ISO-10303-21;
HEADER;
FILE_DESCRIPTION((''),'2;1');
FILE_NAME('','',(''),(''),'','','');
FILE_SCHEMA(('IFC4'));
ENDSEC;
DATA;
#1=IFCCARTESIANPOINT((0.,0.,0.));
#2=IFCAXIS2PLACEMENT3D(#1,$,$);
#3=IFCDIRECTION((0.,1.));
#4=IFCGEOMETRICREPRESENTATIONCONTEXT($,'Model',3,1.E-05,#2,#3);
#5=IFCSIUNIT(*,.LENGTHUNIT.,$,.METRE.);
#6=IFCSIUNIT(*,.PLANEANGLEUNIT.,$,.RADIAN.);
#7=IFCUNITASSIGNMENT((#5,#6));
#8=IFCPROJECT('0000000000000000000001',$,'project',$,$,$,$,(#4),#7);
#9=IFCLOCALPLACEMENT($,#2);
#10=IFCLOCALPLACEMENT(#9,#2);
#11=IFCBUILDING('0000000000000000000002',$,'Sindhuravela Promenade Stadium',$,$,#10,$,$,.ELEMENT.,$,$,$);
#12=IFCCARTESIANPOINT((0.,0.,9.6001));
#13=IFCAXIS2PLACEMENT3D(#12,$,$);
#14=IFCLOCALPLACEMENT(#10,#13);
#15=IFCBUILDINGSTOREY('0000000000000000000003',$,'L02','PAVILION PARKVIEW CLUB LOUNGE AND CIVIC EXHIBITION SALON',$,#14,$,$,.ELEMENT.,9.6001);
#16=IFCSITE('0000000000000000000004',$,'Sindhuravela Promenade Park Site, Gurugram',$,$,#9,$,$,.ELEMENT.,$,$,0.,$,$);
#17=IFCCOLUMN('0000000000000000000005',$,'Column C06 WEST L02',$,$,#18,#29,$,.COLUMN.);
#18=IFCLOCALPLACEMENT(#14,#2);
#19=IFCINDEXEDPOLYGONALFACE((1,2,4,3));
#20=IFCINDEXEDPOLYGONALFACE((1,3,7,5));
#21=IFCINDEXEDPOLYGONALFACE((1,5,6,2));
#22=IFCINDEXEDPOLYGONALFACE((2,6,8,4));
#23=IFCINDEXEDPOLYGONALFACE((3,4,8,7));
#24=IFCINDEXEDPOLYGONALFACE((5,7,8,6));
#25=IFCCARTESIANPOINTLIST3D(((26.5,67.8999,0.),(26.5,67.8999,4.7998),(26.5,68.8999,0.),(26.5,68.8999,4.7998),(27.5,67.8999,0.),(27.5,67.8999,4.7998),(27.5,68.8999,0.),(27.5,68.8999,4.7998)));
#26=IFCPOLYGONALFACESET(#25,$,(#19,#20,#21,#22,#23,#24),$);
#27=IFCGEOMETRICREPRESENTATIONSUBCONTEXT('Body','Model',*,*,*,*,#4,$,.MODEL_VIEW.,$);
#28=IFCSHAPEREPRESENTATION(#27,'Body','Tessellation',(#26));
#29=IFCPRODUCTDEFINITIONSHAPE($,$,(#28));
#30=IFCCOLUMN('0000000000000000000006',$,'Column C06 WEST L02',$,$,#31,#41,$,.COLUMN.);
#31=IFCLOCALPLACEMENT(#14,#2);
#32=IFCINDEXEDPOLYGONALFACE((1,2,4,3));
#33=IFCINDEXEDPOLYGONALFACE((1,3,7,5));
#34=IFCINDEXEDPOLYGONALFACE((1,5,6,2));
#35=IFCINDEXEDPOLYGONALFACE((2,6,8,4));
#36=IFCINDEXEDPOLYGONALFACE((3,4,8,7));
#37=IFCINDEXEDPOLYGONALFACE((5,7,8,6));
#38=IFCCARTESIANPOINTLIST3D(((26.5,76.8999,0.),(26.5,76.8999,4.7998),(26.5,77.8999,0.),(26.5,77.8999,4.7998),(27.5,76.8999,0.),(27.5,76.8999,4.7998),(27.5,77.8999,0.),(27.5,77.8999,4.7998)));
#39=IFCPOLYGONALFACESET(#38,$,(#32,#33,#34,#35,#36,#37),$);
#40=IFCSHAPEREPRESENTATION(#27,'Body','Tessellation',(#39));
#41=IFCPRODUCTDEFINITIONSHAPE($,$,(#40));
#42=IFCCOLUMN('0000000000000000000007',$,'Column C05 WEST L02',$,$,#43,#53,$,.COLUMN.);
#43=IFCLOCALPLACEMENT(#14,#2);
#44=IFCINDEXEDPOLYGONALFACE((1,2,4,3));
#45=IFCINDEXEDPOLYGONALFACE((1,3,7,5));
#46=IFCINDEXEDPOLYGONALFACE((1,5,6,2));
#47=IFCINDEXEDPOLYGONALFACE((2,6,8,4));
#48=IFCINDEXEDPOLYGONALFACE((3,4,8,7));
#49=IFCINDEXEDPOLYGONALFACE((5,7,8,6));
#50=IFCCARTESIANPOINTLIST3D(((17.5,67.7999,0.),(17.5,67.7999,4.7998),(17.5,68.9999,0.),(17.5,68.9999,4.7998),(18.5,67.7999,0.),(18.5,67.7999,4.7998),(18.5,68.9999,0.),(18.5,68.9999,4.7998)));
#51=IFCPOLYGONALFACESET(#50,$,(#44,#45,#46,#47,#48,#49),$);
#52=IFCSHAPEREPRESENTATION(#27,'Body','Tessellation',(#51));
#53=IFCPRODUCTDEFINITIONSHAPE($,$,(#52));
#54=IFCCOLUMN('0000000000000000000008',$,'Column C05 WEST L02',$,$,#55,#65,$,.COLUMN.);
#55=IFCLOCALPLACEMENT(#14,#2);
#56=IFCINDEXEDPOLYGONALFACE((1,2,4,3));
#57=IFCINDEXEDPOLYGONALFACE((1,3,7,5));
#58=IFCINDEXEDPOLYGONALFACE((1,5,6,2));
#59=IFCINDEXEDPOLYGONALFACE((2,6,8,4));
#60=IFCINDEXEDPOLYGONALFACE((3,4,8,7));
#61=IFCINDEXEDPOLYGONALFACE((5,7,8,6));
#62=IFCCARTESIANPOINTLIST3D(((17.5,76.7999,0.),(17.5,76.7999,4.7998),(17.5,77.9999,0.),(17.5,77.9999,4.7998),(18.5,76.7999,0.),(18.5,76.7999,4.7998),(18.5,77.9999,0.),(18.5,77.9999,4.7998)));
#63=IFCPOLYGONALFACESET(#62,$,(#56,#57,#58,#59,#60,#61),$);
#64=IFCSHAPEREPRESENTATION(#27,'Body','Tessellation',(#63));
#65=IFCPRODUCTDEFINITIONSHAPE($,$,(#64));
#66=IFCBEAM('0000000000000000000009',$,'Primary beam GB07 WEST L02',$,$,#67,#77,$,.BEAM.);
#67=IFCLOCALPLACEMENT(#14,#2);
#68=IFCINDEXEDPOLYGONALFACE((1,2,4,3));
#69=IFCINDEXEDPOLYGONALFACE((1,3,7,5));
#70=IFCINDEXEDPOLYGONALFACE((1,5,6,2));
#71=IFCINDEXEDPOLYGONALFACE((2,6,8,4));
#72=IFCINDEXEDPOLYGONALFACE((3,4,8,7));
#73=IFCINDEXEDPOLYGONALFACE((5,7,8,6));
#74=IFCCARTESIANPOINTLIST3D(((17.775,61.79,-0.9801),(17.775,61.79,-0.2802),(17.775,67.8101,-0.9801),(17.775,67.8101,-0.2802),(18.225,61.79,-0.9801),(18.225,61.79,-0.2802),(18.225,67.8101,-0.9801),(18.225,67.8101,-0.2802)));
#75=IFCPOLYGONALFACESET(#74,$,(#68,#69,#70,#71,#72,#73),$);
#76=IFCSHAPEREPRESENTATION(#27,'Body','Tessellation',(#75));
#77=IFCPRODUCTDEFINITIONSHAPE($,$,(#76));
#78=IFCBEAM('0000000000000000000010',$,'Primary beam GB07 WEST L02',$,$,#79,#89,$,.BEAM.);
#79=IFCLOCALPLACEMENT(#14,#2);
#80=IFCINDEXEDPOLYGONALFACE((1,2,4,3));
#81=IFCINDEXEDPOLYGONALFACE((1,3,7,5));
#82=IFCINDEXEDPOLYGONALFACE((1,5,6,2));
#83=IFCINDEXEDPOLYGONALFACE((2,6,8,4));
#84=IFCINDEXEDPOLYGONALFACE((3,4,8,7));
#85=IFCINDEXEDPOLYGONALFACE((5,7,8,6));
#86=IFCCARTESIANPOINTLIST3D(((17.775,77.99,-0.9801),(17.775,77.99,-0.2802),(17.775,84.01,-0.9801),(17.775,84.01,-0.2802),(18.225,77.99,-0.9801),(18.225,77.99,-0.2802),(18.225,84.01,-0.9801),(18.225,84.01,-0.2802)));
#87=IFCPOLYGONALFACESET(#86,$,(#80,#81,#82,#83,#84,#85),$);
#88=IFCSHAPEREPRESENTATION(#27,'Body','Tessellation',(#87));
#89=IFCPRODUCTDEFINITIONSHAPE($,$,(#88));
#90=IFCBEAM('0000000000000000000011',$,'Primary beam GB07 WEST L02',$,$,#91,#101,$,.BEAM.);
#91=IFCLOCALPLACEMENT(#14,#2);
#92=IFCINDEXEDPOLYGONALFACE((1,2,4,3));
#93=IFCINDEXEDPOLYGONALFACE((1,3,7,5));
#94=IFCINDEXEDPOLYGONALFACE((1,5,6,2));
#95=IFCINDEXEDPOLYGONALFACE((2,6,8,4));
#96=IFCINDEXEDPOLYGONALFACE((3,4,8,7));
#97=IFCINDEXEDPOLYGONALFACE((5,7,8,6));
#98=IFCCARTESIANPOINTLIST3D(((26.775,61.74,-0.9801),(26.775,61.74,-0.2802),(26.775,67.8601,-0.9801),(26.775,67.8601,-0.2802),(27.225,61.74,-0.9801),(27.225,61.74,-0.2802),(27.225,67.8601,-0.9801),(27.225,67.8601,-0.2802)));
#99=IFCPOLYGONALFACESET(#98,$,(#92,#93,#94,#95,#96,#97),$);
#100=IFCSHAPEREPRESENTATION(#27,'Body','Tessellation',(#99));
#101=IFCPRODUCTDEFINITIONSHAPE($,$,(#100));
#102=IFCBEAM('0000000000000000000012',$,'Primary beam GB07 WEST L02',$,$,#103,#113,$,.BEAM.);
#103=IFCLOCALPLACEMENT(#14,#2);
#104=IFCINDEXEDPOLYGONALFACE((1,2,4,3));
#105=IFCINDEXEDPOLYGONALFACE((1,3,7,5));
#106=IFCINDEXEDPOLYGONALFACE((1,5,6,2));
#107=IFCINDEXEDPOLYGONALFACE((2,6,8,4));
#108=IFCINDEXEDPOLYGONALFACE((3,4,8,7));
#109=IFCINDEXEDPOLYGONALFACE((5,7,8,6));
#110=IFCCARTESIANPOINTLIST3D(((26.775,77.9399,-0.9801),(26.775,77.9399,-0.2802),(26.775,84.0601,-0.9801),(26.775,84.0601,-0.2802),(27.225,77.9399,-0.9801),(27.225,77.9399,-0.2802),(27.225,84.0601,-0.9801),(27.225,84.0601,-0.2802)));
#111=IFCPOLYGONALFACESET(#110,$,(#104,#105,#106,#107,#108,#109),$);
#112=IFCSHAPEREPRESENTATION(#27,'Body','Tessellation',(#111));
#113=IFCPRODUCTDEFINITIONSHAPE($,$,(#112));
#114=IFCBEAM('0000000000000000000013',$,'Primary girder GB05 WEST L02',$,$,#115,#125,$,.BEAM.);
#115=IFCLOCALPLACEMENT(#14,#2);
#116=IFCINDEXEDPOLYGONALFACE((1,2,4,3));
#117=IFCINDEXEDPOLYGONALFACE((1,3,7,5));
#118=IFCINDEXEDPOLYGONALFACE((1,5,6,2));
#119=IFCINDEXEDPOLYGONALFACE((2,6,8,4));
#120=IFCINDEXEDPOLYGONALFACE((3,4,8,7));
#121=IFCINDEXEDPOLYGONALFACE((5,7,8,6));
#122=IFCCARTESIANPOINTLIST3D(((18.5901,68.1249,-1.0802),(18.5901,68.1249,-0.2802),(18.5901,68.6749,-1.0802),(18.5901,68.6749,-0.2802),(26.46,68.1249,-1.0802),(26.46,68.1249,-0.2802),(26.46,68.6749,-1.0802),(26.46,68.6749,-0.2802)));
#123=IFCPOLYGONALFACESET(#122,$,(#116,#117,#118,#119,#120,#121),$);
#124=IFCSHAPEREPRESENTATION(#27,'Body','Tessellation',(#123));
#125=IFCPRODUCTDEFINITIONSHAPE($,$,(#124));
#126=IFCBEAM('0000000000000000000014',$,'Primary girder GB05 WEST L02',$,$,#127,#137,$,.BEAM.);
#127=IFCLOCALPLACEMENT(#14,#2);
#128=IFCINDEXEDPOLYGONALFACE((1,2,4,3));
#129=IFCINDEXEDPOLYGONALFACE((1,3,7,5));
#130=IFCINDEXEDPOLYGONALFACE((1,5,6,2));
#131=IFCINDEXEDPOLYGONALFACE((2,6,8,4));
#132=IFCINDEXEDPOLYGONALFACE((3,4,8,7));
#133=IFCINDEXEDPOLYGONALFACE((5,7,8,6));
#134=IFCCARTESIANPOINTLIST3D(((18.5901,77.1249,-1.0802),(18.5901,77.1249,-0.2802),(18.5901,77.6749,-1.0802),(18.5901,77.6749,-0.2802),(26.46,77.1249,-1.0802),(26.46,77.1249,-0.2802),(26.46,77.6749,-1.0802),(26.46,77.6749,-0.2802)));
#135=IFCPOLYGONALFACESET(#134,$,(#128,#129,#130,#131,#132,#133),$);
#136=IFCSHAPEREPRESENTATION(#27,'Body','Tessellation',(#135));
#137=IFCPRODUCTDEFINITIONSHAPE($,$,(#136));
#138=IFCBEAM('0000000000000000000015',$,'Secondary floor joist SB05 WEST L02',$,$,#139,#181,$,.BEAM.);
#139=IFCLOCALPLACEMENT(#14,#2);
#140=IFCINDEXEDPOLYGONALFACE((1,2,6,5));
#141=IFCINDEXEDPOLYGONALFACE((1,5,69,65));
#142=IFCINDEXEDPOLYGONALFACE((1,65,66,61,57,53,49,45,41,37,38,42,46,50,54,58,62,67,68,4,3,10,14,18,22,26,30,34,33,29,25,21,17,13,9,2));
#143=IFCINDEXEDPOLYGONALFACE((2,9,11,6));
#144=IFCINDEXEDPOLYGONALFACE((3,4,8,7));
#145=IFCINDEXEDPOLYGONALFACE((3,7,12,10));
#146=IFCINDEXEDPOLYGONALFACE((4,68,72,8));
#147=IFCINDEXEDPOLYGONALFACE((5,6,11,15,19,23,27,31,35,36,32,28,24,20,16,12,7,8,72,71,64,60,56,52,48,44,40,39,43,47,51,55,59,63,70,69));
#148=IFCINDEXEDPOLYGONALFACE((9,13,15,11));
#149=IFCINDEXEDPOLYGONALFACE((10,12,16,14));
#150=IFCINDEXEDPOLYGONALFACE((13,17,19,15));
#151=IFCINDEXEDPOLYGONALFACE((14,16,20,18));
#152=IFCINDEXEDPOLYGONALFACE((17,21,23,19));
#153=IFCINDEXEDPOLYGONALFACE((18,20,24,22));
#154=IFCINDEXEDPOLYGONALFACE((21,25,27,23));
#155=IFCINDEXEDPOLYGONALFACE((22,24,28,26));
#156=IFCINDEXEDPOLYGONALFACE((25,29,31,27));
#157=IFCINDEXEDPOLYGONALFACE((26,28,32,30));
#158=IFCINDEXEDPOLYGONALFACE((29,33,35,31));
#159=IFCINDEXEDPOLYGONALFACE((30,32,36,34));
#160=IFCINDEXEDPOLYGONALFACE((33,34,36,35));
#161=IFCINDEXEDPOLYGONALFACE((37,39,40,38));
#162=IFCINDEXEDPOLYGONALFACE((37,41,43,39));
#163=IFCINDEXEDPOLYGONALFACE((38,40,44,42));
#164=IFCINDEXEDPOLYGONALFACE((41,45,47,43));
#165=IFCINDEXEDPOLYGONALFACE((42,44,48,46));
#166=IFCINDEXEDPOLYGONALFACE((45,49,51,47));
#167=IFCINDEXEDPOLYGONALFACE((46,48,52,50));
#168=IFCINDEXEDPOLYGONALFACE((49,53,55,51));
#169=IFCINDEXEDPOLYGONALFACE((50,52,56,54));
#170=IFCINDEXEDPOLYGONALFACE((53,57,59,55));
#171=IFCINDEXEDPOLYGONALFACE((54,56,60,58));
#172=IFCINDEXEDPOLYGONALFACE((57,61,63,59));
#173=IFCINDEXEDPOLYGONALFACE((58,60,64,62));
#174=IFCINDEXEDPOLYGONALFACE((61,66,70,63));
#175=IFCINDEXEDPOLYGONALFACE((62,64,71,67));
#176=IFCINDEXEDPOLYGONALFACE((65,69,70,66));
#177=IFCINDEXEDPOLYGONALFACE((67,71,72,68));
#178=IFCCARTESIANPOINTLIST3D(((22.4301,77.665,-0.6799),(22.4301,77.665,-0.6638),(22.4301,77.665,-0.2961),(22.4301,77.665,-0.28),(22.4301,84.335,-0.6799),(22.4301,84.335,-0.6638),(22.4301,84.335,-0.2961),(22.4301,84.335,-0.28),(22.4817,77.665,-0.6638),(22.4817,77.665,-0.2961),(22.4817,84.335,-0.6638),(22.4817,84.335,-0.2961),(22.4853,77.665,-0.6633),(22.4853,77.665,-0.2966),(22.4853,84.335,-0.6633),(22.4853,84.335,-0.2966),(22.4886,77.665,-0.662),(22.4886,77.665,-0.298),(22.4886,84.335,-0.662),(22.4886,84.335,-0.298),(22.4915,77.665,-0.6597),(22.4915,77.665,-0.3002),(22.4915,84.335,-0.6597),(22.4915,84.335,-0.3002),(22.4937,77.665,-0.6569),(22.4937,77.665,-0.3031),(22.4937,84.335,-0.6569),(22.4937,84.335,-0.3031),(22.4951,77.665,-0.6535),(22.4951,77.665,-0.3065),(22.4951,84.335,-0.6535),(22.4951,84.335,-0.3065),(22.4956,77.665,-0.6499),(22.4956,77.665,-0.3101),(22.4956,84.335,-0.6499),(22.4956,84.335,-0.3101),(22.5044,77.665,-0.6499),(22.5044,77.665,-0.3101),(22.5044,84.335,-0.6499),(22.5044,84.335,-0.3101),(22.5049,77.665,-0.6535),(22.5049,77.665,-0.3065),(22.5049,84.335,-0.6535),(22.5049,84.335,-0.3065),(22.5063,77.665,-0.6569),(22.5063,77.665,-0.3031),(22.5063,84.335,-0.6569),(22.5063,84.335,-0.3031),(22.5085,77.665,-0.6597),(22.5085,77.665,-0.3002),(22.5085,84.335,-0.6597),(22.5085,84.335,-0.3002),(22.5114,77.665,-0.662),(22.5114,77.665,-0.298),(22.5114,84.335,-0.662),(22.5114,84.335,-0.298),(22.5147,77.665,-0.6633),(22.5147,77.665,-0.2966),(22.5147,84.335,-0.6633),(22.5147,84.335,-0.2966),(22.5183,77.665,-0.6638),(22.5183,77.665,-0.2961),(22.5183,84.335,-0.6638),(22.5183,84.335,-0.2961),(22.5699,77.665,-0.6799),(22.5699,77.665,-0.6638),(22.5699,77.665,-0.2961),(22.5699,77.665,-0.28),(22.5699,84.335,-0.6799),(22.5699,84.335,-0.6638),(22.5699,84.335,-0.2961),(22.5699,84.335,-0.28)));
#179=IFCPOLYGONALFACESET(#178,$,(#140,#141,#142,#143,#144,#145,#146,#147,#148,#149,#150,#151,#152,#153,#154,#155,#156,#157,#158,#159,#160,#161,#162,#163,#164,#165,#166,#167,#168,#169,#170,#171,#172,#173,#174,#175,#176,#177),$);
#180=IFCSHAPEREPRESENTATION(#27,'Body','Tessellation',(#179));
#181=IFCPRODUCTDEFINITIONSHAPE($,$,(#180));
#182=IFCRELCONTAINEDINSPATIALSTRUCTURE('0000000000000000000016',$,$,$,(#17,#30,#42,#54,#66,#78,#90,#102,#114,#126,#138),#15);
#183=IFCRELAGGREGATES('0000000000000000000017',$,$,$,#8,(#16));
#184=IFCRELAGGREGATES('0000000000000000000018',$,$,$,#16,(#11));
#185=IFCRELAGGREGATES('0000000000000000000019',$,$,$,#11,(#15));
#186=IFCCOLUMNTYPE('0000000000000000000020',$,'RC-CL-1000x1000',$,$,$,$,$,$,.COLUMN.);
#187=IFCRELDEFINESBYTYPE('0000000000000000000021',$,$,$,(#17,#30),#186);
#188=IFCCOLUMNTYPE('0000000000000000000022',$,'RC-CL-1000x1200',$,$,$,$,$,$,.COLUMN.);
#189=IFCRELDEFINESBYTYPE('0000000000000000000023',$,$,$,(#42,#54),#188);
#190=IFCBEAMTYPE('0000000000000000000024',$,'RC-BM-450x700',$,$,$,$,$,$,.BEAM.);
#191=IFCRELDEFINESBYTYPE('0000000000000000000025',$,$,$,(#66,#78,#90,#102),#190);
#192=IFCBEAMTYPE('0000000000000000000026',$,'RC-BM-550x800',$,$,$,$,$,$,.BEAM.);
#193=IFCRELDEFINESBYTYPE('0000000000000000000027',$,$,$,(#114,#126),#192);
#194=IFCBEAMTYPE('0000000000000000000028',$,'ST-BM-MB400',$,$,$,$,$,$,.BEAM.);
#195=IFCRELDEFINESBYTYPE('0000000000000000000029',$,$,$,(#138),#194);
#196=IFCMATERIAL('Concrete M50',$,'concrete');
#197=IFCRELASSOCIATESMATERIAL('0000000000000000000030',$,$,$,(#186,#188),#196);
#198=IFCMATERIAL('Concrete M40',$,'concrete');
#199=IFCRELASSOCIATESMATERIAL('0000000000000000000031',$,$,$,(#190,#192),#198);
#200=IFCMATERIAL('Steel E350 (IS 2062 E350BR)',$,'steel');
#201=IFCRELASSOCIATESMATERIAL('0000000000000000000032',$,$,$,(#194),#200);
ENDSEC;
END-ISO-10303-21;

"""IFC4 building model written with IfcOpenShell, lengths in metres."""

from ifc_helpers import new_model, si_unit, direction, frame, origin, origin_2d, place, context, subcontext, project, spatial, rectangle, i_section, extrude, material, material_profile, profile_set, type_object, element, save


model = new_model("IFC4")

# Units and contexts
model_context = context("Model", 3, precision=1e-05, world=origin(), true_north=direction((0.0, 1.0)))
body_context = subcontext(model_context, "Body", "Model", "MODEL_VIEW")
ifc_project = project(units=[si_unit("LENGTHUNIT", "METRE"), si_unit("PLANEANGLEUNIT", "RADIAN")], contexts=[model_context])

# Site, building, storey
site_placement = place(None, origin())
site = spatial("IfcSite", under=ifc_project, at=site_placement, Name="Sindhuravela Promenade Park Site, Gurugram", CompositionType="ELEMENT", RefElevation=0.0)
building_placement = place(site_placement, origin())
building = spatial("IfcBuilding", under=site, at=building_placement, Name="Sindhuravela Promenade Stadium", CompositionType="ELEMENT")
storey_placement = place(building_placement, frame((0.0, 0.0, 9.6001)))
storey = spatial("IfcBuildingStorey", under=building, at=storey_placement, Name="L02", Description="PAVILION PARKVIEW CLUB LOUNGE AND CIVIC EXHIBITION SALON", CompositionType="ELEMENT", Elevation=9.6001)

# Columns
ifc_material_1 = material(Name="Concrete M50", Category="concrete")
ifc_material_profile_1 = material_profile(ifc_material_1, rectangle(XDim=1.0, YDim=1.0, at=origin_2d()), Name="RC 1000x1000")
ifc_profile_set_1 = profile_set([ifc_material_profile_1], Name="Concrete M50")
column_type_1 = type_object("IfcColumnType", Name="RC-CL-1000x1000", PredefinedType="COLUMN", material=ifc_profile_set_1)
for number, where, z_axis, x_axis, name in (
    (1, (27.0, 68.3999, 0.0), (0.0, 0.0, 1.0), (1.0, 0.0, 0.0), "Column C06 WEST L02"),
    (2, (27.0, 77.3999, 0.0), (0.0, 0.0, 1.0), (1.0, 0.0, 0.0), "Column C06 WEST L02"),
):
    element("IfcColumn", number, at=place(storey_placement, frame(where, z_axis=z_axis, x_axis=x_axis)), inside=storey, type_object=column_type_1, Name=name, PredefinedType="COLUMN", context=body_context, shape_type="SweptSolid", body=[
        extrude(rectangle(XDim=1.0, YDim=1.0, at=origin_2d()), origin(), (0.0, 0.0, 1.0), 4.7998),
    ])
ifc_material_profile_2 = material_profile(ifc_material_1, rectangle(XDim=1.0, YDim=1.2, at=origin_2d()), Name="RC 1000x1200")
ifc_profile_set_2 = profile_set([ifc_material_profile_2], Name="Concrete M50")
column_type_2 = type_object("IfcColumnType", Name="RC-CL-1000x1200", PredefinedType="COLUMN", material=ifc_profile_set_2)
for number, where, z_axis, x_axis, name in (
    (3, (18.0, 68.3999, 0.0), (0.0, 0.0, 1.0), (1.0, 0.0, 0.0), "Column C05 WEST L02"),
    (4, (18.0, 77.3999, 0.0), (0.0, 0.0, 1.0), (1.0, 0.0, 0.0), "Column C05 WEST L02"),
):
    element("IfcColumn", number, at=place(storey_placement, frame(where, z_axis=z_axis, x_axis=x_axis)), inside=storey, type_object=column_type_2, Name=name, PredefinedType="COLUMN", context=body_context, shape_type="SweptSolid", body=[
        extrude(rectangle(XDim=1.0, YDim=1.2, at=origin_2d()), origin(), (0.0, 0.0, 1.0), 4.7998),
    ])

# Beams
ifc_material_2 = material(Name="Concrete M40", Category="concrete")
ifc_material_profile_3 = material_profile(ifc_material_2, rectangle(XDim=0.45, YDim=0.7, at=origin_2d()), Name="RC 450x700")
ifc_profile_set_3 = profile_set([ifc_material_profile_3], Name="Concrete M40")
beam_type_1 = type_object("IfcBeamType", Name="RC-BM-450x700", PredefinedType="BEAM", material=ifc_profile_set_3)
for number, where, z_axis, x_axis, name in (
    (5, (18.0, 61.79, -0.6301), (0.0, 1.0, 0.0), (-1.0, 0.0, 0.0), "Primary beam GB07 WEST L02"),
    (6, (18.0, 77.99, -0.6301), (0.0, 1.0, 0.0), (-1.0, 0.0, 0.0), "Primary beam GB07 WEST L02"),
):
    element("IfcBeam", number, at=place(storey_placement, frame(where, z_axis=z_axis, x_axis=x_axis)), inside=storey, type_object=beam_type_1, Name=name, PredefinedType="BEAM", context=body_context, shape_type="SweptSolid", body=[
        extrude(rectangle(XDim=0.45, YDim=0.7, at=origin_2d()), origin(), (0.0, 0.0, 1.0), 6.02),
    ])
for number, where, z_axis, x_axis, name in (
    (7, (27.0, 61.74, -0.6301), (0.0, 1.0, 0.0), (-1.0, 0.0, 0.0), "Primary beam GB07 WEST L02"),
    (8, (27.0, 77.9399, -0.6301), (0.0, 1.0, 0.0), (-1.0, 0.0, 0.0), "Primary beam GB07 WEST L02"),
):
    element("IfcBeam", number, at=place(storey_placement, frame(where, z_axis=z_axis, x_axis=x_axis)), inside=storey, type_object=beam_type_1, Name=name, PredefinedType="BEAM", context=body_context, shape_type="SweptSolid", body=[
        extrude(rectangle(XDim=0.45, YDim=0.7, at=origin_2d()), origin(), (0.0, 0.0, 1.0), 6.1201),
    ])
ifc_material_profile_4 = material_profile(ifc_material_2, rectangle(XDim=0.55, YDim=0.8, at=origin_2d()), Name="RC 550x800")
ifc_profile_set_4 = profile_set([ifc_material_profile_4], Name="Concrete M40")
beam_type_2 = type_object("IfcBeamType", Name="RC-BM-550x800", PredefinedType="BEAM", material=ifc_profile_set_4)
for number, where, z_axis, x_axis, name in (
    (9, (18.5901, 68.3999, -0.6802), (1.0, 0.0, 0.0), (0.0, 1.0, 0.0), "Primary girder GB05 WEST L02"),
    (10, (18.5901, 77.3999, -0.6802), (1.0, 0.0, 0.0), (0.0, 1.0, 0.0), "Primary girder GB05 WEST L02"),
):
    element("IfcBeam", number, at=place(storey_placement, frame(where, z_axis=z_axis, x_axis=x_axis)), inside=storey, type_object=beam_type_2, Name=name, PredefinedType="BEAM", context=body_context, shape_type="SweptSolid", body=[
        extrude(rectangle(XDim=0.55, YDim=0.8, at=origin_2d()), origin(), (0.0, 0.0, 1.0), 7.8699),
    ])
ifc_material_3 = material(Name="Steel E350 (IS 2062 E350BR)", Category="steel")
ifc_material_profile_5 = material_profile(ifc_material_3, i_section(OverallWidth=0.1399, OverallDepth=0.3999, WebThickness=0.0088, FlangeThickness=0.0161, FilletRadius=0.0139, at=origin_2d()), Name="ISMB 400")
ifc_profile_set_5 = profile_set([ifc_material_profile_5], Name="Steel E350 (IS 2062 E350BR)")
beam_type_3 = type_object("IfcBeamType", Name="ST-BM-MB400", PredefinedType="BEAM", material=ifc_profile_set_5)
beam_1_placement = place(storey_placement, frame((22.5, 77.665, -0.48), z_axis=(0.0, 1.0, 0.0), x_axis=(-1.0, 0.0, 0.0)))
element("IfcBeam", 11, at=beam_1_placement, inside=storey, type_object=beam_type_3, Name="Secondary floor joist SB05 WEST L02", PredefinedType="BEAM", context=body_context, shape_type="SweptSolid", body=[
    extrude(i_section(OverallWidth=0.1399, OverallDepth=0.3999, WebThickness=0.0088, FlangeThickness=0.0161, FilletRadius=0.0139, at=origin_2d()), origin(), (0.0, 0.0, 1.0), 6.6699),
])

save(model, "model.ifc")
